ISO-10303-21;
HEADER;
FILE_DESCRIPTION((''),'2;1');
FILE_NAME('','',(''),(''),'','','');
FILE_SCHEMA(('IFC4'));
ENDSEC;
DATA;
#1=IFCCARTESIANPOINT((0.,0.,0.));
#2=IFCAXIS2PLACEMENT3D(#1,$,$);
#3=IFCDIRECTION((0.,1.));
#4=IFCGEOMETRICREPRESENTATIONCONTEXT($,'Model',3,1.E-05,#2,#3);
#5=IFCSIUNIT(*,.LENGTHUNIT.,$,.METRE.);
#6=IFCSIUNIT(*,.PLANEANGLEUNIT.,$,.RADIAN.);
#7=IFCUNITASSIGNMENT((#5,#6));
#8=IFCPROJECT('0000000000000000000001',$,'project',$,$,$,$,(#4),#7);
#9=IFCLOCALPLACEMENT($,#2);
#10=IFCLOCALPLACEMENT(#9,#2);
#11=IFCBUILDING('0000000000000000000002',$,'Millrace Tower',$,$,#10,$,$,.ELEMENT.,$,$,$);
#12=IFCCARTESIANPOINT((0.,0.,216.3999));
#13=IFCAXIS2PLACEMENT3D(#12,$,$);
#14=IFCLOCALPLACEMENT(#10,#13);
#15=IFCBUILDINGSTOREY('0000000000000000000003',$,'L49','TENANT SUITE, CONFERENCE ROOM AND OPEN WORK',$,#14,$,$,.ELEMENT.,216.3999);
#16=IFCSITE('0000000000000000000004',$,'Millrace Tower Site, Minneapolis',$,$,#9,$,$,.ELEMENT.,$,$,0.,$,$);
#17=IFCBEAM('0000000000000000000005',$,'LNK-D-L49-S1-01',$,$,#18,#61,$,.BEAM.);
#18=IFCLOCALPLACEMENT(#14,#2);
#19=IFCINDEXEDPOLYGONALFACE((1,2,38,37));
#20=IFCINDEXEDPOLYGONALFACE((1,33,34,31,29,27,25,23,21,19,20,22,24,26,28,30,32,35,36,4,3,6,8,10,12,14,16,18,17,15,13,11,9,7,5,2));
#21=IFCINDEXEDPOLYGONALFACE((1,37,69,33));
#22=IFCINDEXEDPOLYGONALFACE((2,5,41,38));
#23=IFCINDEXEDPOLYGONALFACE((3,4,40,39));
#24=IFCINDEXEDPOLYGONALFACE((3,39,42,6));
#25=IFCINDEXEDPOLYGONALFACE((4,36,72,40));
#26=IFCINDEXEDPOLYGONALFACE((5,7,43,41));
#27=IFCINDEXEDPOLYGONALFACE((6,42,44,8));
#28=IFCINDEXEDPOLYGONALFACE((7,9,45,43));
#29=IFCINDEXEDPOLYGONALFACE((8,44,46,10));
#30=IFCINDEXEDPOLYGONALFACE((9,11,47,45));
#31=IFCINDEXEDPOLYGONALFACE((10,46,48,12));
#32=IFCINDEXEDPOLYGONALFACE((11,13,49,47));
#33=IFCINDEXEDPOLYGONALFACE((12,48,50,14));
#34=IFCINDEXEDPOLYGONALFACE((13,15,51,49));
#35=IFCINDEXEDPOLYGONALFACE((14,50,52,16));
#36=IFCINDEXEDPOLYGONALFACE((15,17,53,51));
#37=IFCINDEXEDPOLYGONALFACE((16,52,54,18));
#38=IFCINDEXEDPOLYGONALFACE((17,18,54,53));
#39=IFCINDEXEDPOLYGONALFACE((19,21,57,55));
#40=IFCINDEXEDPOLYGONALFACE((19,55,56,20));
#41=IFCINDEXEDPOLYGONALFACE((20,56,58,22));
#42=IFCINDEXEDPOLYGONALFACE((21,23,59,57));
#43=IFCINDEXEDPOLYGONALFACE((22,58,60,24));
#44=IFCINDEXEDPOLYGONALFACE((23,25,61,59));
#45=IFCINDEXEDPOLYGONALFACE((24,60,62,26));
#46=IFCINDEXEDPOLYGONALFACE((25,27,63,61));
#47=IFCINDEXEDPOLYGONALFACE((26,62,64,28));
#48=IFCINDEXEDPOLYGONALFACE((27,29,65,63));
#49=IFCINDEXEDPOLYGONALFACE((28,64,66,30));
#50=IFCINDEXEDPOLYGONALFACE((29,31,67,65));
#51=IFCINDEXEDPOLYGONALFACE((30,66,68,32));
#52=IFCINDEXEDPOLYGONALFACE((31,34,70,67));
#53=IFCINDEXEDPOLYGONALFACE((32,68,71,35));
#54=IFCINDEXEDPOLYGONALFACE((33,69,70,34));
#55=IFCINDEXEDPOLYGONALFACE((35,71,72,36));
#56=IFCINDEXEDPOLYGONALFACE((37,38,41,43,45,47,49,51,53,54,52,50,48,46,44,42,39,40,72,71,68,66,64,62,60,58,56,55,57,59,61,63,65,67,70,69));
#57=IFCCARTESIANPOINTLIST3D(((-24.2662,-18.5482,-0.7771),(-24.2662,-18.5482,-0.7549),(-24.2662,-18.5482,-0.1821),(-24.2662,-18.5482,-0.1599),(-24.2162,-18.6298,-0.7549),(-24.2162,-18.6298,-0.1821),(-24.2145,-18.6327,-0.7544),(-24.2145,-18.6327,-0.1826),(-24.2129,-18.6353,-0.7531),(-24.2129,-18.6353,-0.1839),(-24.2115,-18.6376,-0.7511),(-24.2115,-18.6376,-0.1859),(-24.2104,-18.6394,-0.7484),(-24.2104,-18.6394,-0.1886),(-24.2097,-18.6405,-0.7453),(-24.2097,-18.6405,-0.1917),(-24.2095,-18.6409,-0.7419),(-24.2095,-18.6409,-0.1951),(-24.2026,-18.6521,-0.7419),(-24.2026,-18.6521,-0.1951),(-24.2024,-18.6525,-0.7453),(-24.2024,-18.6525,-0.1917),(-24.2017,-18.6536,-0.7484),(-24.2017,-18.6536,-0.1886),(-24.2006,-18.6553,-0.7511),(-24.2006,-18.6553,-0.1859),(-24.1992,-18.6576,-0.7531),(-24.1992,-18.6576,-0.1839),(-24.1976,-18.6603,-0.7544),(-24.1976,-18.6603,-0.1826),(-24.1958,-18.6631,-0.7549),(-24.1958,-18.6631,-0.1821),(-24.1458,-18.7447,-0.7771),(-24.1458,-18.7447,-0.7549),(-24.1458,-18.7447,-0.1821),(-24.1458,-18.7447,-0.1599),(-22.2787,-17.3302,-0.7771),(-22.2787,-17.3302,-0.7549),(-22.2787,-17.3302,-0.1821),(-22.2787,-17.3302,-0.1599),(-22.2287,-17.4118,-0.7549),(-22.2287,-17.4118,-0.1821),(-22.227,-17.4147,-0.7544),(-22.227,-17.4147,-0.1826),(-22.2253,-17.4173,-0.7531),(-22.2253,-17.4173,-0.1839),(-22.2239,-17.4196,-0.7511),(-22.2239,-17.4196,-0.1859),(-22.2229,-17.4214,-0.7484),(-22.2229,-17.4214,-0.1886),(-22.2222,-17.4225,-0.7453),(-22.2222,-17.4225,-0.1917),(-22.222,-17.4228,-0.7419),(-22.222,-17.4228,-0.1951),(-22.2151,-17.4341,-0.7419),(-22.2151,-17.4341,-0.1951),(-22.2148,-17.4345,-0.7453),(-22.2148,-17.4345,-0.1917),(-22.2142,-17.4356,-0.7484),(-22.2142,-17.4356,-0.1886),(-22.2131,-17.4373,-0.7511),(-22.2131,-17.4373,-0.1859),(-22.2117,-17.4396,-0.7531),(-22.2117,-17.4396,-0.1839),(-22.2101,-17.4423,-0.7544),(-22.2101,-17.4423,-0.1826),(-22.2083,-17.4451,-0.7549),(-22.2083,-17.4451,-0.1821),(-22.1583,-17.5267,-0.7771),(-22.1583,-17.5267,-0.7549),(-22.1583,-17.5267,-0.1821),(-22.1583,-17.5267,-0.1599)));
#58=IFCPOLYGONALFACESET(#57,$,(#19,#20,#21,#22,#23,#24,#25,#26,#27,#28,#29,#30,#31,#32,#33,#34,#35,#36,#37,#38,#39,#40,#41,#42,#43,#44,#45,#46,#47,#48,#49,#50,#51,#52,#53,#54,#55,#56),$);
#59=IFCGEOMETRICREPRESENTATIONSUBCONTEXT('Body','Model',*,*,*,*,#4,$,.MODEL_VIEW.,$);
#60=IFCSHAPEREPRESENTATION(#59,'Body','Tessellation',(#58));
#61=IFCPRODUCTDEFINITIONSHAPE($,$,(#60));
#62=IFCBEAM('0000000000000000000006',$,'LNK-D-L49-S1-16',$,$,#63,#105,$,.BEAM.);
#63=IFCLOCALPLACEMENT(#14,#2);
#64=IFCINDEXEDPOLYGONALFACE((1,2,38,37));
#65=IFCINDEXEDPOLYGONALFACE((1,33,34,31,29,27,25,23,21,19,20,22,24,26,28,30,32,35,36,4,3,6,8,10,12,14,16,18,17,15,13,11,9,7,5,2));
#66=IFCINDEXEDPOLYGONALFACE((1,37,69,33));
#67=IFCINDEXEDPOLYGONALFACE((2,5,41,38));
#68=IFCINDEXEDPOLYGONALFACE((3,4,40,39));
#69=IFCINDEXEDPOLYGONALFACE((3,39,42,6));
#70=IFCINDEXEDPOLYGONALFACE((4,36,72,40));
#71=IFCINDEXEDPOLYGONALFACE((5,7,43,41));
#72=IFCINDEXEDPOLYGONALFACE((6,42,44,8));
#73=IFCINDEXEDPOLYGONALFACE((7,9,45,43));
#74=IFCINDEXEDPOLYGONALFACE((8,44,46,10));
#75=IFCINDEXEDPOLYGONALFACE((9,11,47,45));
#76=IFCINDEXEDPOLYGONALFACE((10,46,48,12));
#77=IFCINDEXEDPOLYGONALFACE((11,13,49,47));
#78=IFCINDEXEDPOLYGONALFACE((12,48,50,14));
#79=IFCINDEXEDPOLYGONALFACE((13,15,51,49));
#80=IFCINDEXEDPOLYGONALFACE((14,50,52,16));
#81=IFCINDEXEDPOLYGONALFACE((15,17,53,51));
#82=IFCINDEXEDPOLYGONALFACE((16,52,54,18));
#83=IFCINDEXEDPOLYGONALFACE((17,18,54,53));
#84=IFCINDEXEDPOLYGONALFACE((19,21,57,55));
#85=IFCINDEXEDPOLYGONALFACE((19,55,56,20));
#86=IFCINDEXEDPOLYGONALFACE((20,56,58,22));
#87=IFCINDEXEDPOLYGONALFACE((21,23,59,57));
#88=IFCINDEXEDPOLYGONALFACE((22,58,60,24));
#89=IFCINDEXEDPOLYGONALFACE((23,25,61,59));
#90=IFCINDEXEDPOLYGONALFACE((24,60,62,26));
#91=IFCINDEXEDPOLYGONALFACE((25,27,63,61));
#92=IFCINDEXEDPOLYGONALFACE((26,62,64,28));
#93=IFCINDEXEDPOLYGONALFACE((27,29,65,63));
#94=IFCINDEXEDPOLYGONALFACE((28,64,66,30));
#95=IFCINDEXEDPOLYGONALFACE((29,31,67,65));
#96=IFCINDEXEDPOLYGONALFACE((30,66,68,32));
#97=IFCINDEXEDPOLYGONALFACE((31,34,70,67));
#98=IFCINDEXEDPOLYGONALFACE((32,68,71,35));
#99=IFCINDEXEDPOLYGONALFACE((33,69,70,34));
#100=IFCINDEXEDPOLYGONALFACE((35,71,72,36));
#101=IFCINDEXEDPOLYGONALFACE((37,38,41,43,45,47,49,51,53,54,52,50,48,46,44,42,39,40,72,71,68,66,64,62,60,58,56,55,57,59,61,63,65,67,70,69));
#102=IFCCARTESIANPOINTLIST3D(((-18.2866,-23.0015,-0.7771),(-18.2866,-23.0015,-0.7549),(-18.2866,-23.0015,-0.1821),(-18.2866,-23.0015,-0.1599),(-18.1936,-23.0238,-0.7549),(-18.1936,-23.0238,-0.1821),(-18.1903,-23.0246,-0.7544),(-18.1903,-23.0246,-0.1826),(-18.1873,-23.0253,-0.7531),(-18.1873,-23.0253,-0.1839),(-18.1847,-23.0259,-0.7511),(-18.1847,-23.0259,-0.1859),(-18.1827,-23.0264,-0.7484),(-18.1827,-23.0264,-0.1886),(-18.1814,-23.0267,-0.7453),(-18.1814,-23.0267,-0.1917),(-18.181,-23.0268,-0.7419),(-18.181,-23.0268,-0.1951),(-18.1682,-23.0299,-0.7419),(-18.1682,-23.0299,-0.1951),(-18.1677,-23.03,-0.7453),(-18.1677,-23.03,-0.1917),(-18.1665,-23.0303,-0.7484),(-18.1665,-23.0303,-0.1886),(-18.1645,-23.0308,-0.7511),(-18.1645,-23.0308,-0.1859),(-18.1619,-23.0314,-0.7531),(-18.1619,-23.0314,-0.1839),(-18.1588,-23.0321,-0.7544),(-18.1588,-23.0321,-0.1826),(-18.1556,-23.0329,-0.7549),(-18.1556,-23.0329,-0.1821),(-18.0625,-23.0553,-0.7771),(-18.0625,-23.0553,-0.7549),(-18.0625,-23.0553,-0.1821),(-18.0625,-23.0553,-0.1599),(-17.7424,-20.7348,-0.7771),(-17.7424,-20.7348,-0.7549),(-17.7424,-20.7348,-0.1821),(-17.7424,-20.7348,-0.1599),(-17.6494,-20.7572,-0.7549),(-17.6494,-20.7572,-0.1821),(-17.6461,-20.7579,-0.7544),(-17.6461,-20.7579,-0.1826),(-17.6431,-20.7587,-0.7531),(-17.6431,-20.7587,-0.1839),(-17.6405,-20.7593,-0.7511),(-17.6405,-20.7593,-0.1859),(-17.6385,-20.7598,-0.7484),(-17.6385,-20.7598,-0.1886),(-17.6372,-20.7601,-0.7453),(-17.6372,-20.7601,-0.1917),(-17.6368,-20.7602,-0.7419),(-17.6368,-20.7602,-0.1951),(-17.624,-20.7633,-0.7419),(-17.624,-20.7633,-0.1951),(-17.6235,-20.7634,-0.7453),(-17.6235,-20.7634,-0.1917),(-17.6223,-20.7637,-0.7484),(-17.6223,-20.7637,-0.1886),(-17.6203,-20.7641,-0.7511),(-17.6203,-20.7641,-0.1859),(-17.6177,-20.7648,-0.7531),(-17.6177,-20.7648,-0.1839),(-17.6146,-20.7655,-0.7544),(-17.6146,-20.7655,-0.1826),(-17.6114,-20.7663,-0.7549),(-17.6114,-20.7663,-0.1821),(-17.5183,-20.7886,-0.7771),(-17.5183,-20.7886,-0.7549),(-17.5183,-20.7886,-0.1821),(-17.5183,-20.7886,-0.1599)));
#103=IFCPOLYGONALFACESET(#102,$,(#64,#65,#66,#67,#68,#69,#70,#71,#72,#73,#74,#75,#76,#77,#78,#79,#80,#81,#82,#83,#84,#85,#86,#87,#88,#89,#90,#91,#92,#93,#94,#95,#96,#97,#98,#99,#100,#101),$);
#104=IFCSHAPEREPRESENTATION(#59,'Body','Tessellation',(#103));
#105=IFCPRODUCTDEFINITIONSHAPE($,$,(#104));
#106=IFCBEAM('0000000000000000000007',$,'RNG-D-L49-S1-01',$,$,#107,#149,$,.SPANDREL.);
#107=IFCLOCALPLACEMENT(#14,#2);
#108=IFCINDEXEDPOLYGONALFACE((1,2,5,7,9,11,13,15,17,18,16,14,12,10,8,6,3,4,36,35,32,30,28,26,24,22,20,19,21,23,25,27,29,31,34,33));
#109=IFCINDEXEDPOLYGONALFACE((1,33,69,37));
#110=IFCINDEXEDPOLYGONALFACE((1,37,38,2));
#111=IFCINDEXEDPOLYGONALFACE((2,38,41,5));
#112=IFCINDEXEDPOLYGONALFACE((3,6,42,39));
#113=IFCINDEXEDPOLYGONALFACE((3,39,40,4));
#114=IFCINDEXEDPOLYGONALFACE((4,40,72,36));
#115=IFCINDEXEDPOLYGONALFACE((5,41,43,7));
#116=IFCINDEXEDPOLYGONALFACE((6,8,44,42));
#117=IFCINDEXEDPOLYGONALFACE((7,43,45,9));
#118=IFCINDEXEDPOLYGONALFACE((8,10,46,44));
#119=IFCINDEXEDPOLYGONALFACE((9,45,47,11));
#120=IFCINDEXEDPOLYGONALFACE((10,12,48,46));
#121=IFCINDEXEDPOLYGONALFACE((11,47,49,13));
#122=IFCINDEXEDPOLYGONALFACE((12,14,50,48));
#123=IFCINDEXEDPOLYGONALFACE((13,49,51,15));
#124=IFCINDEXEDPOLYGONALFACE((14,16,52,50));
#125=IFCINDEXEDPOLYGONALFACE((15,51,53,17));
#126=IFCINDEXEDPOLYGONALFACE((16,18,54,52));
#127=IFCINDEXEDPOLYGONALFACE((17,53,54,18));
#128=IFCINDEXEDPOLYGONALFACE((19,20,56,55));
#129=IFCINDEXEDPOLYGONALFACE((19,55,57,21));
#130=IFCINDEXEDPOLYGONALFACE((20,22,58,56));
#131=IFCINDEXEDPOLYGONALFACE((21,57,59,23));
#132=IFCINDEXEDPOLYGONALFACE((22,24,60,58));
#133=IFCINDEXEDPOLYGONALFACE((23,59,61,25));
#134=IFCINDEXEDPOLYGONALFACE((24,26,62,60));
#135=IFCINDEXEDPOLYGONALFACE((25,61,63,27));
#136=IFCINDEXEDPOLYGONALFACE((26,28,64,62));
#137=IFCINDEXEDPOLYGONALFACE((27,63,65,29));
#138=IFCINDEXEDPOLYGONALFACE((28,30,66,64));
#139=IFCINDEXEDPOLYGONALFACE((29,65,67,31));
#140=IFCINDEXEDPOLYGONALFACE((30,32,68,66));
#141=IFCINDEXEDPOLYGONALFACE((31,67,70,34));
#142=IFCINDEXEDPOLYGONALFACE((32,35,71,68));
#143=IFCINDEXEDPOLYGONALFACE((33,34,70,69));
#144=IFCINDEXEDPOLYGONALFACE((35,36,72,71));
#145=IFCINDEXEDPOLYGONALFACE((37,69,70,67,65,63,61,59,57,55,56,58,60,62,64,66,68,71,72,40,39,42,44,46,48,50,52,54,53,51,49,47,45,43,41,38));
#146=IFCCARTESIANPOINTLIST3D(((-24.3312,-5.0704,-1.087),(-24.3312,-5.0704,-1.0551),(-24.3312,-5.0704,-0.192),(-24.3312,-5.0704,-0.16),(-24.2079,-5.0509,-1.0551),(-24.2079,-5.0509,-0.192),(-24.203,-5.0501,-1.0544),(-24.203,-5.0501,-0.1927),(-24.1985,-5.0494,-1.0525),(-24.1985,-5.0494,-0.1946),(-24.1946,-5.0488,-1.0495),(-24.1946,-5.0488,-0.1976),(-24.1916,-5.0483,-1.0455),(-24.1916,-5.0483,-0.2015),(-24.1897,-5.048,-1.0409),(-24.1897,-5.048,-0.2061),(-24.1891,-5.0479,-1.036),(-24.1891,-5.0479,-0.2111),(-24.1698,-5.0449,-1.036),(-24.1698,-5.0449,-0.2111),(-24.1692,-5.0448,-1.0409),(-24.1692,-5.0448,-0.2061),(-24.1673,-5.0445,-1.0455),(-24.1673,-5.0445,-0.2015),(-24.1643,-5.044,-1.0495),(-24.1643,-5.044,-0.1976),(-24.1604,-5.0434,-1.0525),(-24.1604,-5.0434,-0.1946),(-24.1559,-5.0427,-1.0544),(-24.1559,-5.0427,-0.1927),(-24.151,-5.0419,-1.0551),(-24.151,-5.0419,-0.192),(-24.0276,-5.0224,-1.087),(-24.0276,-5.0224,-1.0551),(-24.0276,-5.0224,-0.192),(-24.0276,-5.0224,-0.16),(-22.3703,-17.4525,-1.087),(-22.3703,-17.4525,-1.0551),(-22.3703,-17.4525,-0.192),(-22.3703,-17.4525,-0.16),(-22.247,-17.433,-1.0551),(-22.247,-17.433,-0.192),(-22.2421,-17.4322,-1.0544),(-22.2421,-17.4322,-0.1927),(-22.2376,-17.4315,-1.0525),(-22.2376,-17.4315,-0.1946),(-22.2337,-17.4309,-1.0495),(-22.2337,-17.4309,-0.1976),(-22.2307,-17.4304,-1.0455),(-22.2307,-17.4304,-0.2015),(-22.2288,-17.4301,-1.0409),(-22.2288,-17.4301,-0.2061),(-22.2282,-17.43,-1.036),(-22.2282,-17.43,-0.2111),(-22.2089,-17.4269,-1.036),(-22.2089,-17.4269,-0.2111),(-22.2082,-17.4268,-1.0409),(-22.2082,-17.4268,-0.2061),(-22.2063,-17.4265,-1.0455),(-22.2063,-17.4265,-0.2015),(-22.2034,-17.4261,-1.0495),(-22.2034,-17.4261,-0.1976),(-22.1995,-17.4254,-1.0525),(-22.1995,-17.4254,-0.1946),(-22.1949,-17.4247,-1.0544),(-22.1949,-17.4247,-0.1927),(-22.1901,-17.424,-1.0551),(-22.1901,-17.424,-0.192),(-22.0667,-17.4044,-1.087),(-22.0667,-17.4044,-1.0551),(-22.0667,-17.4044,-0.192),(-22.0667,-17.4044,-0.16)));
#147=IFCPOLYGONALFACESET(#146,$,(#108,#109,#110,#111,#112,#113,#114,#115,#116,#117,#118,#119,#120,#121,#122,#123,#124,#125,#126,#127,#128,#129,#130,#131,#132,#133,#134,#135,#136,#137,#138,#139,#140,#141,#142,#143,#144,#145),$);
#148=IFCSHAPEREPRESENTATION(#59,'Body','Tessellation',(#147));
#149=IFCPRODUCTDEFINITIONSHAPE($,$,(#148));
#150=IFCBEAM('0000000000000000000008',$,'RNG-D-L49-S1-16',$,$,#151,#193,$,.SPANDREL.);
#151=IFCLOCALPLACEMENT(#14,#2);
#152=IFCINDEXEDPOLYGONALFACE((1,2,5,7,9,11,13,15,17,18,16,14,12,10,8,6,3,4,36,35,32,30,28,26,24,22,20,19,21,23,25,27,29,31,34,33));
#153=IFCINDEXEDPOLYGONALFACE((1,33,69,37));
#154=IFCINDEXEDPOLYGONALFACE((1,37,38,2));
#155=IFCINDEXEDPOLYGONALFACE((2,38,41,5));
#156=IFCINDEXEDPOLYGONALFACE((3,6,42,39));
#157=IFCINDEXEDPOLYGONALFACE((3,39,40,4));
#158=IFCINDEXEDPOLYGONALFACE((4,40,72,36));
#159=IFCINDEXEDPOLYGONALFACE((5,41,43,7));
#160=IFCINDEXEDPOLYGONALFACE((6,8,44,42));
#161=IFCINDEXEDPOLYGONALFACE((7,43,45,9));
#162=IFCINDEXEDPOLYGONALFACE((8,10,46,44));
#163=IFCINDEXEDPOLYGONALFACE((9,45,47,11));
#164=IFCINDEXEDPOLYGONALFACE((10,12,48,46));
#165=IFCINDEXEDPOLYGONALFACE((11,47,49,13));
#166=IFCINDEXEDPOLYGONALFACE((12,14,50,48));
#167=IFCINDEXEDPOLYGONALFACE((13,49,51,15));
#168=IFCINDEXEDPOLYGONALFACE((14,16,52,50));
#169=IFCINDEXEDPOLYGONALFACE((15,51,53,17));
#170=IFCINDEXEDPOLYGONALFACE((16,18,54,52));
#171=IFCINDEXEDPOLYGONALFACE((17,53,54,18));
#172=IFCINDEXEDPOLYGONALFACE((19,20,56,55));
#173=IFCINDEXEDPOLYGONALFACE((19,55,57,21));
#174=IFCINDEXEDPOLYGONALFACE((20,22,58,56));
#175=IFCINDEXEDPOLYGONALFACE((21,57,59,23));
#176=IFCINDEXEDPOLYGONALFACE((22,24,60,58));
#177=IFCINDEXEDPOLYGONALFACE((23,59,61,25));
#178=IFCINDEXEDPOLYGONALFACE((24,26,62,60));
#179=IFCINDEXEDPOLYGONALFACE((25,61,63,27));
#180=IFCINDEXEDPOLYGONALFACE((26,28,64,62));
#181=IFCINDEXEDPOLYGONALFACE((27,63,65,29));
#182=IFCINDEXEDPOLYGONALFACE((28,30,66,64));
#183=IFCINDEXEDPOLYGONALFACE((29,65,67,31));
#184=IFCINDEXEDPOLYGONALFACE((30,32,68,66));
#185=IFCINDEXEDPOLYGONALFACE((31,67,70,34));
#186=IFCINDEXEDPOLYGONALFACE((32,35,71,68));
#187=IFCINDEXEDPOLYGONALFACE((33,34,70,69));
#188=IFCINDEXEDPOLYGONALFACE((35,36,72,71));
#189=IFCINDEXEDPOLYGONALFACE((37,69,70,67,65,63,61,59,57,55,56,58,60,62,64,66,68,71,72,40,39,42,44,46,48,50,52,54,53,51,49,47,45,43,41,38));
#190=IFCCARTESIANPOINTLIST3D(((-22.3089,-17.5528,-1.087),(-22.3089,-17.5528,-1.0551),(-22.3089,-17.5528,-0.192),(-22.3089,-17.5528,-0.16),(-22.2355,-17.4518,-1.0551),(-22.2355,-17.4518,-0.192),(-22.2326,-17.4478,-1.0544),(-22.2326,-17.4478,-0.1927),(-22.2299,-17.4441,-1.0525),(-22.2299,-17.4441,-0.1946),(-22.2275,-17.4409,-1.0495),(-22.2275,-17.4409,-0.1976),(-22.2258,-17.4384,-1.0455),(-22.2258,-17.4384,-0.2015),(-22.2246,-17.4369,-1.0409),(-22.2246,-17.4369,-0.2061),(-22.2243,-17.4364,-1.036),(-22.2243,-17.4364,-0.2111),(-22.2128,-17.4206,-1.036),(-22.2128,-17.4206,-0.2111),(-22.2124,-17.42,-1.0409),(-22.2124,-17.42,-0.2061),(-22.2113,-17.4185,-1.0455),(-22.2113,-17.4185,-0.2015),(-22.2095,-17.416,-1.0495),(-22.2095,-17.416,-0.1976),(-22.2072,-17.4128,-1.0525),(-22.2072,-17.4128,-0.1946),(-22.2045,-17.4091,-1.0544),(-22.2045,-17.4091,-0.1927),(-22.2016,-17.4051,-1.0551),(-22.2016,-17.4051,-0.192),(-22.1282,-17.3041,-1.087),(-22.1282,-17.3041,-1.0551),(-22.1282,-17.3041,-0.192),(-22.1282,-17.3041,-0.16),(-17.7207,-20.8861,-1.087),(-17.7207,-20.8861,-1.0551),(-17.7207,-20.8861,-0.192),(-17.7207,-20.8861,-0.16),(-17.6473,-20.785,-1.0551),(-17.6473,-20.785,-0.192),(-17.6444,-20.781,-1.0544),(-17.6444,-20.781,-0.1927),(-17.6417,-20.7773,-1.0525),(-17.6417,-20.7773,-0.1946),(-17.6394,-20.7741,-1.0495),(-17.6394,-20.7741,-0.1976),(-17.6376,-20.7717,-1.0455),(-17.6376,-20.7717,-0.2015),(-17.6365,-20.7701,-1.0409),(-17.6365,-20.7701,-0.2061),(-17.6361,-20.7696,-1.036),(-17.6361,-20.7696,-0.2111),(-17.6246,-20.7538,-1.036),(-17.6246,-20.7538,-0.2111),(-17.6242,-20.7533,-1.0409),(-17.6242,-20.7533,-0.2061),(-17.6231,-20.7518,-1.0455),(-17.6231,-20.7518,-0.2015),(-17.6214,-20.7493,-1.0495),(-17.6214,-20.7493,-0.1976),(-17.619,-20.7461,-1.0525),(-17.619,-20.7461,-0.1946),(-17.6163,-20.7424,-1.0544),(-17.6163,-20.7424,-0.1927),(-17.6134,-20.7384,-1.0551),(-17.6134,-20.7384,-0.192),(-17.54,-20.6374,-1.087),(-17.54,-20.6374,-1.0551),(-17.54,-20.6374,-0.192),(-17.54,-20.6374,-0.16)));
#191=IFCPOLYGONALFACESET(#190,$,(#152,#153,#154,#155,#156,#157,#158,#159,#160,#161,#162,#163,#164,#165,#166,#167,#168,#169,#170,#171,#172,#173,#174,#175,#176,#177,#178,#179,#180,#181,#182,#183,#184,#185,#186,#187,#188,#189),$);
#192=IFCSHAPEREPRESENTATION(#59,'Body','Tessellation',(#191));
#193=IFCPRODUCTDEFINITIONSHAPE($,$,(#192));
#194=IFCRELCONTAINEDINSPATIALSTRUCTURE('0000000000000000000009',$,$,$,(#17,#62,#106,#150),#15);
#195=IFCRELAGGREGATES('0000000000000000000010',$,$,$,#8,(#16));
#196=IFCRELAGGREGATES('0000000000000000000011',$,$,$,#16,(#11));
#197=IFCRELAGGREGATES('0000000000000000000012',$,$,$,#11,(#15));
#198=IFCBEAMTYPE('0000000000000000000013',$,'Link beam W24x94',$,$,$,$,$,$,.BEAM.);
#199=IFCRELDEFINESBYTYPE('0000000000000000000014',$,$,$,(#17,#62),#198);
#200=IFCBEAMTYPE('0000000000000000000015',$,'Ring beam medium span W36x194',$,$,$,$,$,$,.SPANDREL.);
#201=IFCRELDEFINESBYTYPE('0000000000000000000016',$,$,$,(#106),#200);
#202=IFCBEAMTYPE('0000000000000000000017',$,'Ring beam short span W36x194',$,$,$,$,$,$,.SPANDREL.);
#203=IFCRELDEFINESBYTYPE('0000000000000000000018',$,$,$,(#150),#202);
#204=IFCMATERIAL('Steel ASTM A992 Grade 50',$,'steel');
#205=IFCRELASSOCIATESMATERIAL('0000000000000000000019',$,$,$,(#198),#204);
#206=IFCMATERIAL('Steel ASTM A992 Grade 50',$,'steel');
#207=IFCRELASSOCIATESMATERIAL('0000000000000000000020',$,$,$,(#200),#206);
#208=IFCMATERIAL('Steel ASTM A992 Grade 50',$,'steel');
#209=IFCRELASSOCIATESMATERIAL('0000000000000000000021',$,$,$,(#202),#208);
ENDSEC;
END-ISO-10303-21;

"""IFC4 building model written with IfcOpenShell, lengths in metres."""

from ifc_helpers import new_model, si_unit, direction, frame, origin, origin_2d, place, context, subcontext, project, spatial, i_section, extrude, material, material_profile, profile_set, type_object, element, save


model = new_model("IFC4")

# Units and contexts
model_context = context("Model", 3, precision=1e-05, world=origin(), true_north=direction((0.0, 1.0)))
body_context = subcontext(model_context, "Body", "Model", "MODEL_VIEW")
ifc_project = project(units=[si_unit("LENGTHUNIT", "METRE"), si_unit("PLANEANGLEUNIT", "RADIAN")], contexts=[model_context])

# Site, building, storey
site_placement = place(None, origin())
site = spatial("IfcSite", under=ifc_project, at=site_placement, Name="Millrace Tower Site, Minneapolis", CompositionType="ELEMENT", RefElevation=0.0)
building_placement = place(site_placement, origin())
building = spatial("IfcBuilding", under=site, at=building_placement, Name="Millrace Tower", CompositionType="ELEMENT")
storey_placement = place(building_placement, frame((0.0, 0.0, 216.3999)))
storey = spatial("IfcBuildingStorey", under=building, at=storey_placement, Name="L49", Description="TENANT SUITE, CONFERENCE ROOM AND OPEN WORK", CompositionType="ELEMENT", Elevation=216.3999)

# Beams
ifc_material_1 = material(Name="Steel ASTM A992 Grade 50", Category="steel")
ifc_material_profile_1 = material_profile(ifc_material_1, i_section(OverallWidth=0.2305, OverallDepth=0.6172, WebThickness=0.0132, FlangeThickness=0.0222, FilletRadius=0.0129, at=origin_2d()))
ifc_profile_set_1 = profile_set([ifc_material_profile_1], Name="Steel ASTM A992 Grade 50")
beam_type_1 = type_object("IfcBeamType", Name="Link beam W24x94", PredefinedType="BEAM", material=ifc_profile_set_1)
for number, where, z_axis, x_axis, name in (
    (1, (-22.2185, -17.4285, -0.4685), (-0.852631, -0.522513, 0.0), (0.522513, -0.852631, 0.0), "LNK-D-L49-S1-01"),
    (2, (-17.6304, -20.7617, -0.4685), (-0.233456, -0.972367, 0.0), (0.972367, -0.233456, 0.0), "LNK-D-L49-S1-16"),
):
    element("IfcBeam", number, at=place(storey_placement, frame(where, z_axis=z_axis, x_axis=x_axis)), inside=storey, type_object=beam_type_1, Name=name, PredefinedType="BEAM", context=body_context, shape_type="SweptSolid", body=[
        extrude(i_section(OverallWidth=0.2305, OverallDepth=0.6172, WebThickness=0.0132, FlangeThickness=0.0222, FilletRadius=0.0129, at=origin_2d()), origin(), (0.0, 0.0, 1.0), 2.3311),
    ])
ifc_material_2 = material(Name="Steel ASTM A992 Grade 50", Category="steel")
ifc_material_profile_2 = material_profile(ifc_material_2, i_section(OverallWidth=0.3074, OverallDepth=0.927, WebThickness=0.0195, FlangeThickness=0.032, FilletRadius=0.019, at=origin_2d()))
ifc_profile_set_2 = profile_set([ifc_material_profile_2], Name="Steel ASTM A992 Grade 50")
beam_type_2 = type_object("IfcBeamType", Name="Ring beam medium span W36x194", PredefinedType="SPANDREL", material=ifc_profile_set_2)
beam_1_placement = place(storey_placement, frame((-22.2185, -17.4285, -0.6235), z_axis=(-0.15642, 0.987691, 0.0), x_axis=(-0.987691, -0.15642, 0.0)))
element("IfcBeam", 3, at=beam_1_placement, inside=storey, type_object=beam_type_2, Name="RNG-D-L49-S1-01", PredefinedType="SPANDREL", context=body_context, shape_type="SweptSolid", body=[
    extrude(i_section(OverallWidth=0.3074, OverallDepth=0.927, WebThickness=0.0195, FlangeThickness=0.032, FilletRadius=0.019, at=origin_2d()), origin(), (0.0, 0.0, 1.0), 12.5364),
])
ifc_material_3 = material(Name="Steel ASTM A992 Grade 50", Category="steel")
ifc_material_profile_3 = material_profile(ifc_material_3, i_section(OverallWidth=0.3074, OverallDepth=0.927, WebThickness=0.0195, FlangeThickness=0.032, FilletRadius=0.019, at=origin_2d()))
ifc_profile_set_3 = profile_set([ifc_material_profile_3], Name="Steel ASTM A992 Grade 50")
beam_type_3 = type_object("IfcBeamType", Name="Ring beam short span W36x194", PredefinedType="SPANDREL", material=ifc_profile_set_3)
beam_2_placement = place(storey_placement, frame((-17.6304, -20.7617, -0.6235), z_axis=(-0.809036, 0.58776, 0.0), x_axis=(-0.58776, -0.809036, 0.0)))
element("IfcBeam", 4, at=beam_2_placement, inside=storey, type_object=beam_type_3, Name="RNG-D-L49-S1-16", PredefinedType="SPANDREL", context=body_context, shape_type="SweptSolid", body=[
    extrude(i_section(OverallWidth=0.3074, OverallDepth=0.927, WebThickness=0.0195, FlangeThickness=0.032, FilletRadius=0.019, at=origin_2d()), origin(), (0.0, 0.0, 1.0), 5.6711),
])

save(model, "model.ifc")
